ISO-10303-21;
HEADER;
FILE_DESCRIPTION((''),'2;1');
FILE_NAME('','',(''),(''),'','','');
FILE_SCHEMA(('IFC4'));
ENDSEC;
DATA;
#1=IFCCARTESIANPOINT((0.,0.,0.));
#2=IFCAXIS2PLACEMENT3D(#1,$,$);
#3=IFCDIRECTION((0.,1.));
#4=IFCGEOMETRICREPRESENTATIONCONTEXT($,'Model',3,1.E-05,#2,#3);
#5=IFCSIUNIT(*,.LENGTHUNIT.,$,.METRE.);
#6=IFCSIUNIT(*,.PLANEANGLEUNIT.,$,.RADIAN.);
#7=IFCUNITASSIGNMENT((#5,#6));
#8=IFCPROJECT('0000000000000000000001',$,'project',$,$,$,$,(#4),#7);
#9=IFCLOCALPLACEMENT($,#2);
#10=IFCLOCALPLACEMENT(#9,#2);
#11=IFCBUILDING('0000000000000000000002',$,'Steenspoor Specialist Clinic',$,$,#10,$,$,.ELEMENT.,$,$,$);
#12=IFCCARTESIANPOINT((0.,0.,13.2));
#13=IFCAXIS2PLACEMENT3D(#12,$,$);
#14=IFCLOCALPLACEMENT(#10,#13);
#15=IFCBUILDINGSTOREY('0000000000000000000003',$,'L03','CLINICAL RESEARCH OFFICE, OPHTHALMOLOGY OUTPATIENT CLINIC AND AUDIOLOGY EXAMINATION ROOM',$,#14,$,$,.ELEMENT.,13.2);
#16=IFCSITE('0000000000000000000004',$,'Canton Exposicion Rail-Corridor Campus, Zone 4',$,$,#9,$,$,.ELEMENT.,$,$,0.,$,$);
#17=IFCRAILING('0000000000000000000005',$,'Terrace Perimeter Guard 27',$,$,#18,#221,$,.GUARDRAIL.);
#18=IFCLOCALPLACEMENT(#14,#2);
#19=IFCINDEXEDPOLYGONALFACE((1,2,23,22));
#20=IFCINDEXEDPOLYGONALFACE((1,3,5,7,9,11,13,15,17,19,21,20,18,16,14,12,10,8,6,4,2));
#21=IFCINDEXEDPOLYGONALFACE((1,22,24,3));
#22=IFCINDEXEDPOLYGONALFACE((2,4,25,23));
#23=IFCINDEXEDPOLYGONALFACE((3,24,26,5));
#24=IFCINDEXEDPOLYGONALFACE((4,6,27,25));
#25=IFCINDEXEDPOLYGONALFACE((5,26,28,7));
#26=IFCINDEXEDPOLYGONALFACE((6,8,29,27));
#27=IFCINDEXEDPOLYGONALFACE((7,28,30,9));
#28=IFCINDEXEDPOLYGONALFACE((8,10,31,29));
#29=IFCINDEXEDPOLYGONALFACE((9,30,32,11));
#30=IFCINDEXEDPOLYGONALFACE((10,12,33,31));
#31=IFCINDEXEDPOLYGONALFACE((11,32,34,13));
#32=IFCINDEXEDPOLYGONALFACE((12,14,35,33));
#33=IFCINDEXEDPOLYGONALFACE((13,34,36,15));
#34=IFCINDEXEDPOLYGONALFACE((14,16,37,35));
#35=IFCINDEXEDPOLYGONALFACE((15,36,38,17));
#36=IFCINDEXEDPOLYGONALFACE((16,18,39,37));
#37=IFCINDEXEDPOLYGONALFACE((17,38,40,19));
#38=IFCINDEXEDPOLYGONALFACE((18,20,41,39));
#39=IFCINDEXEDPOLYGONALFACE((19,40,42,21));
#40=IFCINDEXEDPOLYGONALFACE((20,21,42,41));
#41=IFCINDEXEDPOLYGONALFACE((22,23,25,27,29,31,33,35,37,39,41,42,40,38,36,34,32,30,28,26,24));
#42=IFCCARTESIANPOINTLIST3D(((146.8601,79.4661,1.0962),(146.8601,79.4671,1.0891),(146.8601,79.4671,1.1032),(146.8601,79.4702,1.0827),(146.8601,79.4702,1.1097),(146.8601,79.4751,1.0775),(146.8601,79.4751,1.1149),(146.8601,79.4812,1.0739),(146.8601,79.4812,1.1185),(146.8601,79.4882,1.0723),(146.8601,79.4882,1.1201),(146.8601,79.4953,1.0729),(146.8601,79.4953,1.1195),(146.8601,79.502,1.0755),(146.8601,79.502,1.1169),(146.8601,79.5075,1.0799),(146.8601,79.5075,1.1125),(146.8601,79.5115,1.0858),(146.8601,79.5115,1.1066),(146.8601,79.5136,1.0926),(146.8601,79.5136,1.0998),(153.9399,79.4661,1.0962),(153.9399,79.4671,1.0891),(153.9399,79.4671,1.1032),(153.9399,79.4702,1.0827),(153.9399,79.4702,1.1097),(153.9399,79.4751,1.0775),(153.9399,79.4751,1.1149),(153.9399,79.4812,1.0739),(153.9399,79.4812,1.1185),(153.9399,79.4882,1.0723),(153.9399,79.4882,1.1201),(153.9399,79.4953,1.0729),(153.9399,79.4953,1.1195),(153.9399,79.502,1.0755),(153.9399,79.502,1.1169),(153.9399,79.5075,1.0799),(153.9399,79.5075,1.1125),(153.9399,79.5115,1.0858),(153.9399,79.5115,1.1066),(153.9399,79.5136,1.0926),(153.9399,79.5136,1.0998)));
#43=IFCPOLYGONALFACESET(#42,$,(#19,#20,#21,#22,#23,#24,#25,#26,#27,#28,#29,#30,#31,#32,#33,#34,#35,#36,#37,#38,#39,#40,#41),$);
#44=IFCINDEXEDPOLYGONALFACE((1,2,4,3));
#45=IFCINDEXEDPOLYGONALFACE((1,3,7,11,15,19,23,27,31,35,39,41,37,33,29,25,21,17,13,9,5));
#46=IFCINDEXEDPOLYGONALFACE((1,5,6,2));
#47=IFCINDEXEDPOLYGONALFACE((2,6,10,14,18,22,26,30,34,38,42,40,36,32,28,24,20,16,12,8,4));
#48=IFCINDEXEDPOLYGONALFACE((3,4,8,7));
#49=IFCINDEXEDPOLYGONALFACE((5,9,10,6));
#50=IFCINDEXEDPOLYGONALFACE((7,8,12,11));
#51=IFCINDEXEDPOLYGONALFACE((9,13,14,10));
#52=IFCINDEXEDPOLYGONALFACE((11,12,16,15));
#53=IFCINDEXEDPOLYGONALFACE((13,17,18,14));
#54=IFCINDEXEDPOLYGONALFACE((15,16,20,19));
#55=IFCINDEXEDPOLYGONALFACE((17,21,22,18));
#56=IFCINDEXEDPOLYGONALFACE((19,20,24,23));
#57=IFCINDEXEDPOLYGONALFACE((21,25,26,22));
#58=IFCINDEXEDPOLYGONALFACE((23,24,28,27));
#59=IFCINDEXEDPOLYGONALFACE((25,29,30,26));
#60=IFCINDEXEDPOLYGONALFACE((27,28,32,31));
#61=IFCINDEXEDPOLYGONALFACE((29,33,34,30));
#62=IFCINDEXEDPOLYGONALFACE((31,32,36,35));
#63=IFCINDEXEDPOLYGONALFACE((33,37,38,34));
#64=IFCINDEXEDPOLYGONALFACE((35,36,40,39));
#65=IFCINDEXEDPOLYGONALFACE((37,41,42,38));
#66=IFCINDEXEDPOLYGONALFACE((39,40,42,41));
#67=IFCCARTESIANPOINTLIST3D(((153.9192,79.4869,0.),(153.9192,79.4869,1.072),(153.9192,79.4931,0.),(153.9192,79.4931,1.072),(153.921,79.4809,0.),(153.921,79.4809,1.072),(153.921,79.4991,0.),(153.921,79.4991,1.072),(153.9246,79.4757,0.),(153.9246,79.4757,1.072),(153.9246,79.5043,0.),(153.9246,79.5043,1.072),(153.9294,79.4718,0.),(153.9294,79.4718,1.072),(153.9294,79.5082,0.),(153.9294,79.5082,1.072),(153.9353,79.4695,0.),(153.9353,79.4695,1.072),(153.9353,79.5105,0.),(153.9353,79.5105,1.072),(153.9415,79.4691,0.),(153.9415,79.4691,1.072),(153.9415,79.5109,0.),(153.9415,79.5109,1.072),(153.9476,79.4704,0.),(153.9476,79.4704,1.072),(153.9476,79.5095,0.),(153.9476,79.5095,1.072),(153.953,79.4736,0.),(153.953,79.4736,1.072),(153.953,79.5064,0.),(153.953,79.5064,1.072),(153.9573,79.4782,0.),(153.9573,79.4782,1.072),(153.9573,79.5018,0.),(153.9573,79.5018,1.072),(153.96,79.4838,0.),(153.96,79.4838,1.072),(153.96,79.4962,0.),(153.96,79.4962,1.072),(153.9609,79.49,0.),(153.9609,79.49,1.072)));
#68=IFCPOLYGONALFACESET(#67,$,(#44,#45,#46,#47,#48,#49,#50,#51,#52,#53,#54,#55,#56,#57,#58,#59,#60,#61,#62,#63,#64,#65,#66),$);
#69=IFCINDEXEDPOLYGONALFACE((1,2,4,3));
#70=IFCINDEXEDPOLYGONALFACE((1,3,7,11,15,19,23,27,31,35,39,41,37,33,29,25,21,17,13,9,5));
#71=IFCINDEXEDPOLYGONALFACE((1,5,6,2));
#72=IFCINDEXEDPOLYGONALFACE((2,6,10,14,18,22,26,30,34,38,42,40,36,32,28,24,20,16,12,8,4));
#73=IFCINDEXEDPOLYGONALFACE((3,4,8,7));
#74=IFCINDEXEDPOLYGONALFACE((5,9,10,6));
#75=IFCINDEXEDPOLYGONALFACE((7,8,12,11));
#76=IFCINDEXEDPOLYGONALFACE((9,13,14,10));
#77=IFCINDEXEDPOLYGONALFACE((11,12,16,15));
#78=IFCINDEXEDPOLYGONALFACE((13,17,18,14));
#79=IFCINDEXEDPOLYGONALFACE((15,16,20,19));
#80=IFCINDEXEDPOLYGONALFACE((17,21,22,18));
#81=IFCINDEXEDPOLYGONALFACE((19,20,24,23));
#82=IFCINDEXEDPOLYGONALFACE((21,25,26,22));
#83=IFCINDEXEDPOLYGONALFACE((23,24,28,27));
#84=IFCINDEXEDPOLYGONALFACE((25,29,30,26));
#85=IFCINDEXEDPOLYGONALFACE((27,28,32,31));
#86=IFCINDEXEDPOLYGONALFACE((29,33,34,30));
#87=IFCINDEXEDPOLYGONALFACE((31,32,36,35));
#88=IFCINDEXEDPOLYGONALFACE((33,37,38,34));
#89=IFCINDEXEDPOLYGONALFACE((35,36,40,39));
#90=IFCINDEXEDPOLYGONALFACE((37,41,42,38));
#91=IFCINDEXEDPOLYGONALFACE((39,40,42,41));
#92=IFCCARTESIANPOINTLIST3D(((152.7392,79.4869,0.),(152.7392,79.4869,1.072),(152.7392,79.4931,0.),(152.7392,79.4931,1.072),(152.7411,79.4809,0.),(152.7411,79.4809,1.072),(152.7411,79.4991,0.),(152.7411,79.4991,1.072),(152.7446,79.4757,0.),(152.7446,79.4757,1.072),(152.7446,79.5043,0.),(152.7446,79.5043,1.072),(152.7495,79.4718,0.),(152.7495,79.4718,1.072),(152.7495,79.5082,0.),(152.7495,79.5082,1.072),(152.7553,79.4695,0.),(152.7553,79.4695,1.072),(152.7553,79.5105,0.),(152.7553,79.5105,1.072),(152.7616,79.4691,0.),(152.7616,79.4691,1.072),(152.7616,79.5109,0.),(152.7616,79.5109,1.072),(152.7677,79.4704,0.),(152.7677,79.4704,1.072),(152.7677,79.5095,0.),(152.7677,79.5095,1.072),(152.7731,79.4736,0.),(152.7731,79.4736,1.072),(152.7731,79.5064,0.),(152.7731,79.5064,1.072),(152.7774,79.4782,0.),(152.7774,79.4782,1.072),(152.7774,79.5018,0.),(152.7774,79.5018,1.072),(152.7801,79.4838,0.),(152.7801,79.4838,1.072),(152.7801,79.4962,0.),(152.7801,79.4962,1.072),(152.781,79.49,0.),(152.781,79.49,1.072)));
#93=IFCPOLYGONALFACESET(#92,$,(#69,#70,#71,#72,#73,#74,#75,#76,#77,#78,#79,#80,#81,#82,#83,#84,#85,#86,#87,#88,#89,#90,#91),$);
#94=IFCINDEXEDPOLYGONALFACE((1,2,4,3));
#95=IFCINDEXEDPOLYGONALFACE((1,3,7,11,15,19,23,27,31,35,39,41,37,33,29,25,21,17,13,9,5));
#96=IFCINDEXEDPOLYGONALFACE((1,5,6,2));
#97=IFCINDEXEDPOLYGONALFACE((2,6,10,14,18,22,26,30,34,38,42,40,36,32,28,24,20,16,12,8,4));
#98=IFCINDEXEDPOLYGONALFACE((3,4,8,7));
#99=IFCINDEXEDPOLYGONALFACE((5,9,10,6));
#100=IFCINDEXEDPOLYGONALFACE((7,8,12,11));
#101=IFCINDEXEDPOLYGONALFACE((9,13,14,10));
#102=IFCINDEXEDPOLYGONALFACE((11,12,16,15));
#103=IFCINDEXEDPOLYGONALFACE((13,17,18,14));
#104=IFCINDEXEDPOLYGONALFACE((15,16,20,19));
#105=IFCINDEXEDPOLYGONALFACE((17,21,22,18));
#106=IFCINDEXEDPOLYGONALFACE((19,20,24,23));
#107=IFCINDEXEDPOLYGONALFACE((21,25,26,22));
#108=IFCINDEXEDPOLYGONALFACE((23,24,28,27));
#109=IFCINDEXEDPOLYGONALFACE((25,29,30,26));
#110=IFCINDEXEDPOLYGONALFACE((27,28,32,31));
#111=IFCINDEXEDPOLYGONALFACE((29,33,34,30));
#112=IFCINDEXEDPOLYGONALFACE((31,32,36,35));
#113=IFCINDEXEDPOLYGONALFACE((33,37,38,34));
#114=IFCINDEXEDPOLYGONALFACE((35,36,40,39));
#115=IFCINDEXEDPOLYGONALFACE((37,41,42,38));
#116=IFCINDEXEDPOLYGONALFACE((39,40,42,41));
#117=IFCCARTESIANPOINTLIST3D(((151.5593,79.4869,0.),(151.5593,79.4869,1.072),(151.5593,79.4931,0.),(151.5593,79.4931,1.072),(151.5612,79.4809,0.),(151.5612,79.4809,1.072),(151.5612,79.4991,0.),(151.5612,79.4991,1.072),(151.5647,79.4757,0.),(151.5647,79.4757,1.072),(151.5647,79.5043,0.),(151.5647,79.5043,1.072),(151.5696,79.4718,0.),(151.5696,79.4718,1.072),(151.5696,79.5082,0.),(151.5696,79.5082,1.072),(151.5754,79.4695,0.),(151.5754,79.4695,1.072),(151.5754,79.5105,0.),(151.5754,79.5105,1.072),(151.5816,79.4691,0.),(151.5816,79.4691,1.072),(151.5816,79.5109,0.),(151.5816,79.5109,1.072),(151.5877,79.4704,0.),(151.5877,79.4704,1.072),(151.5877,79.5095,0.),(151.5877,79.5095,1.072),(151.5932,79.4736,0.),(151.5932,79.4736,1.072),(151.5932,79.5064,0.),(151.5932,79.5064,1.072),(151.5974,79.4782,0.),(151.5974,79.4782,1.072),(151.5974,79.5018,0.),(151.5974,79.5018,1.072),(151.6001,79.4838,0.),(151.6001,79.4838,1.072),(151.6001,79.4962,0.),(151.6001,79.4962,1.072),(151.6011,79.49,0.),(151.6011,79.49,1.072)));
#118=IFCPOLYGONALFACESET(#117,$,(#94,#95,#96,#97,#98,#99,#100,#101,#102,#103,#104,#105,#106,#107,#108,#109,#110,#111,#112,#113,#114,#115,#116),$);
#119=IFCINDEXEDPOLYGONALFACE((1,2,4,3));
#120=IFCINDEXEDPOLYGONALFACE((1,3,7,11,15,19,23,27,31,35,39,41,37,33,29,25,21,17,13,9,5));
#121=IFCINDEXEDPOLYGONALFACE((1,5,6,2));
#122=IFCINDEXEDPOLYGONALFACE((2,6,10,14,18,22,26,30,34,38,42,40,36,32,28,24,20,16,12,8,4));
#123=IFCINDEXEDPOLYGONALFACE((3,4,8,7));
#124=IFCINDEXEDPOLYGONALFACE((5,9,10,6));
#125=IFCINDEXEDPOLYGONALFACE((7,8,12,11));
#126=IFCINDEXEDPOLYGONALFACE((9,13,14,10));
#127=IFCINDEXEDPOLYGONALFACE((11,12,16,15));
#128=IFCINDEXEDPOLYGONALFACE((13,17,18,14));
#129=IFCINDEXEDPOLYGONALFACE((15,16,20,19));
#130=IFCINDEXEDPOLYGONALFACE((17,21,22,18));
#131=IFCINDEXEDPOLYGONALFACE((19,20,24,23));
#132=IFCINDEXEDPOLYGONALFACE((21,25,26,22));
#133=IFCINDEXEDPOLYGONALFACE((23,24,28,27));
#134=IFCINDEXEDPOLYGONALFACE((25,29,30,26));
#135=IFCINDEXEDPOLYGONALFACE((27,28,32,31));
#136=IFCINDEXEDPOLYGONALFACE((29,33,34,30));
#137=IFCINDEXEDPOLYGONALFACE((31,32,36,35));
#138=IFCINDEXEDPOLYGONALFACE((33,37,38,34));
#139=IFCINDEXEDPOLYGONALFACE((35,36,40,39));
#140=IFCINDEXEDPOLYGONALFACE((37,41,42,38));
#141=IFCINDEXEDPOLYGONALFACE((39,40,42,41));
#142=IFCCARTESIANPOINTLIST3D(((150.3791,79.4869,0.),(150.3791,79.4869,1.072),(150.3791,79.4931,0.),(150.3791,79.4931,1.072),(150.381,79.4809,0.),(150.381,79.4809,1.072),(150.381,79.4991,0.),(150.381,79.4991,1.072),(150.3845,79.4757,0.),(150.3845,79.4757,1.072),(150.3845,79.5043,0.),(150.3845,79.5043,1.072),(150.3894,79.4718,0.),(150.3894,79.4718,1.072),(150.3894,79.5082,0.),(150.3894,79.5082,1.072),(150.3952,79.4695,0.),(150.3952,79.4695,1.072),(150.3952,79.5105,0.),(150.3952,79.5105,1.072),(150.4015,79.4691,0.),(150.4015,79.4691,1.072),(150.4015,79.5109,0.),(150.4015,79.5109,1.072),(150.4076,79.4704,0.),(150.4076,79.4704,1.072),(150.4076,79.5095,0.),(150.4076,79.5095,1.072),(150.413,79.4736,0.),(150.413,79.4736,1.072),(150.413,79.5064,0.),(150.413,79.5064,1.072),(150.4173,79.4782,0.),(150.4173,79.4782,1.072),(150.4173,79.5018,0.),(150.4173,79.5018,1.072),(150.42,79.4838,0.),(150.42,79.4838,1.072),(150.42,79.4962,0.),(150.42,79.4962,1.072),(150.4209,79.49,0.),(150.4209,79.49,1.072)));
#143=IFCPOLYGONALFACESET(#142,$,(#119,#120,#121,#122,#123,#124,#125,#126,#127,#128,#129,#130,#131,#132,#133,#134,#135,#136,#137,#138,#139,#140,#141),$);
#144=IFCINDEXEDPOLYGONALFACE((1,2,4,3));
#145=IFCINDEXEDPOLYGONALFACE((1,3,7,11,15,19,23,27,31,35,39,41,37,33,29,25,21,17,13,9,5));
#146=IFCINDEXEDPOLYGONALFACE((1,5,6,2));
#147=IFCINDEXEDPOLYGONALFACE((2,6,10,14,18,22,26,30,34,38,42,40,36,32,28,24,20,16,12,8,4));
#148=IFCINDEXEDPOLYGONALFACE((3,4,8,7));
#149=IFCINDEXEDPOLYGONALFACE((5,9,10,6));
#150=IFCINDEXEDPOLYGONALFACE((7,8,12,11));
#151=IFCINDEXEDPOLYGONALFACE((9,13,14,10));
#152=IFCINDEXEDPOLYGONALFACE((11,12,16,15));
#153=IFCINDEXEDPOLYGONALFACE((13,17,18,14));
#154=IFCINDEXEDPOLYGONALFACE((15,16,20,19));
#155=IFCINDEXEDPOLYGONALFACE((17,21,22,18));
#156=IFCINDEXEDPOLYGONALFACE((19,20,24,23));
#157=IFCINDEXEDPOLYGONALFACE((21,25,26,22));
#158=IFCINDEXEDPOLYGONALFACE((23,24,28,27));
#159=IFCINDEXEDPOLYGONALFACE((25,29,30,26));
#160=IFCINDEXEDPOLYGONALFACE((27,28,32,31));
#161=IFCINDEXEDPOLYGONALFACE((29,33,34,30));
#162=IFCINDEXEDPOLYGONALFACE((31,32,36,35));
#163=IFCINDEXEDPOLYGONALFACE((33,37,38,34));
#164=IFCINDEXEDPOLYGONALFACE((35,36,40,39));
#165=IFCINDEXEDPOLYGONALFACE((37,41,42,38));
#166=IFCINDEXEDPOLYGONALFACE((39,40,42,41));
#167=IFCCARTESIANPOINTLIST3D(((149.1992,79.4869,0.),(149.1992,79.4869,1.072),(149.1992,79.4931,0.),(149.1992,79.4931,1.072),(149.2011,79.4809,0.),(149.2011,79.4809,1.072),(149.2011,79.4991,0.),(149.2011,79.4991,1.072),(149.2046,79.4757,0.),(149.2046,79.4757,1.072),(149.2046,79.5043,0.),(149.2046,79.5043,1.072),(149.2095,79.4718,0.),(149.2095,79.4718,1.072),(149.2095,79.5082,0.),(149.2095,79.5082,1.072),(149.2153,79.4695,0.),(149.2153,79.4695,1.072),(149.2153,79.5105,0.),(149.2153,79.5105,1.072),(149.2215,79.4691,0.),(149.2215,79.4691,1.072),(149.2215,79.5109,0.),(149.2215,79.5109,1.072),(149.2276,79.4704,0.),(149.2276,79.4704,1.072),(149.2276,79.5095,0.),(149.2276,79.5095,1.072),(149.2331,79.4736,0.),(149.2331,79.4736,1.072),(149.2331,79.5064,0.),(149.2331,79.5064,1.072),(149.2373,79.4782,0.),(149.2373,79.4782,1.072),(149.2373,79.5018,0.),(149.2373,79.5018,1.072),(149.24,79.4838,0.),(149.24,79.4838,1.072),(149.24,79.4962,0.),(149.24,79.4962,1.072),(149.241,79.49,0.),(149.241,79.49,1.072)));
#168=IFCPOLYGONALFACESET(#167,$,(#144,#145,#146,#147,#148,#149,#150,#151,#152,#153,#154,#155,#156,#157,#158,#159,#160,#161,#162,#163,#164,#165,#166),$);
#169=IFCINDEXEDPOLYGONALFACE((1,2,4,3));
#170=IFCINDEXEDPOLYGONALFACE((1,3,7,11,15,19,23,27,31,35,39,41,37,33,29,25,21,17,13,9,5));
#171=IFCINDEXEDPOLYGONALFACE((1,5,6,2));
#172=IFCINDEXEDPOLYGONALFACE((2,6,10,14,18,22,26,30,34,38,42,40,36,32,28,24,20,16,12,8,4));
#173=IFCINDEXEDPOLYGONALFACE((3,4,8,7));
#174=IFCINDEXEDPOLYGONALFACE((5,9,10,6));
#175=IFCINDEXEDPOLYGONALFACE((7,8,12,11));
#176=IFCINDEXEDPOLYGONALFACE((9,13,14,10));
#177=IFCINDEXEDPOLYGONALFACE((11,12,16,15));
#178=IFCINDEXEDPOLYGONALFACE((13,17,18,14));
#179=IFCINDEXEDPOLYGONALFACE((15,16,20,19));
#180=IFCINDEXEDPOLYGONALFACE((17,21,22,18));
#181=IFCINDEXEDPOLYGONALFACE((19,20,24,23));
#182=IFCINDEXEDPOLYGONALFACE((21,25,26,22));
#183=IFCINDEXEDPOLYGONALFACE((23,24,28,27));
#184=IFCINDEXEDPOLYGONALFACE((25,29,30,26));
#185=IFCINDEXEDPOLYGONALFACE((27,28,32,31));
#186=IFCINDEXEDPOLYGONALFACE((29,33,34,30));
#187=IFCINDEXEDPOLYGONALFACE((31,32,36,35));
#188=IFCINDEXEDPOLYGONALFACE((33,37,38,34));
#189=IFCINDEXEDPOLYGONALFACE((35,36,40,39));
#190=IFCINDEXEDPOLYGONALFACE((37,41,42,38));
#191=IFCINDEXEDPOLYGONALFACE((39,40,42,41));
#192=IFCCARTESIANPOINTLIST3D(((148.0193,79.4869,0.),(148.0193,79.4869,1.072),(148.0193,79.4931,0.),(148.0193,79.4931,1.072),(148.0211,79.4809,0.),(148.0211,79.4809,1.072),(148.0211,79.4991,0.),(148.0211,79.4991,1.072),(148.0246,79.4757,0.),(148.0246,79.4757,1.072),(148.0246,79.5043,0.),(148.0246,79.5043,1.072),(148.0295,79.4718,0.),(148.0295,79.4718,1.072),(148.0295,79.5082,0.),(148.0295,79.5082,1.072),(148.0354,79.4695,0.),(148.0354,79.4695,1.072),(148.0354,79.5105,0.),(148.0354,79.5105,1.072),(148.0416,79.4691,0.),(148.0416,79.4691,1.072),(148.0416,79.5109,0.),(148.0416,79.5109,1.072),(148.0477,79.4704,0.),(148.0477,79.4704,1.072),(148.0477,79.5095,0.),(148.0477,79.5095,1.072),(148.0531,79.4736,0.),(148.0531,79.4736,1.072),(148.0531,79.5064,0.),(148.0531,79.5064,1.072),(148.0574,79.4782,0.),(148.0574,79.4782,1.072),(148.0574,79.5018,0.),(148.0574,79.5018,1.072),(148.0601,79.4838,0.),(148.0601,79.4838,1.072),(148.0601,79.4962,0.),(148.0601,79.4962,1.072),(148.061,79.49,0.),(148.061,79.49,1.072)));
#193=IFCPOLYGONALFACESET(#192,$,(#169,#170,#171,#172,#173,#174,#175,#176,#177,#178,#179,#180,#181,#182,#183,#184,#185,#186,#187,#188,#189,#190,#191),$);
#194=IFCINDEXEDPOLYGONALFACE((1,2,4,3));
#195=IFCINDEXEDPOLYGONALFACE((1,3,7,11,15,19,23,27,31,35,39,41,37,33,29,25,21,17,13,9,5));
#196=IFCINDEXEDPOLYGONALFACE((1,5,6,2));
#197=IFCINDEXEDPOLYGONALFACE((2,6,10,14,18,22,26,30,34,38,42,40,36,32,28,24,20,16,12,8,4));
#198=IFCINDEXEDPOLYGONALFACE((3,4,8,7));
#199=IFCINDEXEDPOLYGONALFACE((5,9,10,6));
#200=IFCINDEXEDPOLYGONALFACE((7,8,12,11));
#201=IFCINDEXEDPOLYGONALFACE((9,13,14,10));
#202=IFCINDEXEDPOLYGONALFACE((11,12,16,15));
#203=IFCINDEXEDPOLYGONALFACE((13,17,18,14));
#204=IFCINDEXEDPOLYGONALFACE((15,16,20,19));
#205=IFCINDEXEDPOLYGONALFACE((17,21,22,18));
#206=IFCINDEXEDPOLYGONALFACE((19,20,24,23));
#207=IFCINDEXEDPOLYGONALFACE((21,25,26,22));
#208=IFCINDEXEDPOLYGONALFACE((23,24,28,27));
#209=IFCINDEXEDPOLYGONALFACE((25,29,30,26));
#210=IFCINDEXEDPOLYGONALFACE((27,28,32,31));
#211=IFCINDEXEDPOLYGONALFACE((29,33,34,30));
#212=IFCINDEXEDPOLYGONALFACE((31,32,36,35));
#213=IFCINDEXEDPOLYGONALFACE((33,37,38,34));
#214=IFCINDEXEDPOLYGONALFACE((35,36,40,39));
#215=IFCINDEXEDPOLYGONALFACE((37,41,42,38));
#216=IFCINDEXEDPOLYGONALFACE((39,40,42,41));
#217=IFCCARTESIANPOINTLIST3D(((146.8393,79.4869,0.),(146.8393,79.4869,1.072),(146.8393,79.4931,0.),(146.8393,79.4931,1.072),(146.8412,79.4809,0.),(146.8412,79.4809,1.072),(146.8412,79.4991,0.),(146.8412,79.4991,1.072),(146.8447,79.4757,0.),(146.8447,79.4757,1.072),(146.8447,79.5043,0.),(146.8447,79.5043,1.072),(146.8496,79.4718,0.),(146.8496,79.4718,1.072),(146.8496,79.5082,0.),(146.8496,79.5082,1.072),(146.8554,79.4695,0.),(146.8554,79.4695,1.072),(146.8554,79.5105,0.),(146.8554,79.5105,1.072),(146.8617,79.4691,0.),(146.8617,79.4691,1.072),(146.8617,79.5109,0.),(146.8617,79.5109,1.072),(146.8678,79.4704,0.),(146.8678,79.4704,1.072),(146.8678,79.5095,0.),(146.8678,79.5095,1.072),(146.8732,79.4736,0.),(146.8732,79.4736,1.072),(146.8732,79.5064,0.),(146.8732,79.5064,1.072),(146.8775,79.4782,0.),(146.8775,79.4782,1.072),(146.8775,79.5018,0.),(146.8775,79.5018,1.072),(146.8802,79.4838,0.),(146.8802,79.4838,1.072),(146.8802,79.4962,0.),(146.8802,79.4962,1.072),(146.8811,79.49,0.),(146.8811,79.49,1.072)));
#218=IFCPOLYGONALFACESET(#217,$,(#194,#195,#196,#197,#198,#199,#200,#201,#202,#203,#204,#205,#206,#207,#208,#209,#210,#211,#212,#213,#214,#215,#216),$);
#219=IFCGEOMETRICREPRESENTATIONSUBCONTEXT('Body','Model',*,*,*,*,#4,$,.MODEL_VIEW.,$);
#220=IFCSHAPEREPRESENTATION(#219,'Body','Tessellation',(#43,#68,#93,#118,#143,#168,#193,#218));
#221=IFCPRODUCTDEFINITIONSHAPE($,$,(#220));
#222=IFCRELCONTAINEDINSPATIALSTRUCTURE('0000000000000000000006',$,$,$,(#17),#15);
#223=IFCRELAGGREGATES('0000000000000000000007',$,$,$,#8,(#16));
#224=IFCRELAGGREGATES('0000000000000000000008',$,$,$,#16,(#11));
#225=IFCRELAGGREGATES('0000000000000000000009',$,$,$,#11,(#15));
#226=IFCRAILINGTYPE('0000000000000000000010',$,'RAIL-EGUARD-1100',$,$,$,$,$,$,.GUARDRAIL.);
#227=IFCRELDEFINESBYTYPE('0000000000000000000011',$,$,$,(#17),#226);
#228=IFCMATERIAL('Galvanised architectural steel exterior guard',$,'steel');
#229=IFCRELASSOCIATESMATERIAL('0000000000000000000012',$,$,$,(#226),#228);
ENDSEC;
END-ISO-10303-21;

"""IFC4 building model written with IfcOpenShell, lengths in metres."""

from ifc_helpers import new_model, si_unit, direction, frame, origin, origin_2d, place, context, subcontext, project, spatial, circle, extrude, material, type_object, element, save


model = new_model("IFC4")

# Units and contexts
model_context = context("Model", 3, precision=1e-05, world=origin(), true_north=direction((0.0, 1.0)))
body_context = subcontext(model_context, "Body", "Model", "MODEL_VIEW")
ifc_project = project(units=[si_unit("LENGTHUNIT", "METRE"), si_unit("PLANEANGLEUNIT", "RADIAN")], contexts=[model_context])

# Site, building, storey
site_placement = place(None, origin())
site = spatial("IfcSite", under=ifc_project, at=site_placement, Name="Canton Exposicion Rail-Corridor Campus, Zone 4", CompositionType="ELEMENT", RefElevation=0.0)
building_placement = place(site_placement, origin())
building = spatial("IfcBuilding", under=site, at=building_placement, Name="Steenspoor Specialist Clinic", CompositionType="ELEMENT")
storey_placement = place(building_placement, frame((0.0, 0.0, 13.2)))
storey = spatial("IfcBuildingStorey", under=building, at=storey_placement, Name="L03", Description="CLINICAL RESEARCH OFFICE, OPHTHALMOLOGY OUTPATIENT CLINIC AND AUDIOLOGY EXAMINATION ROOM", CompositionType="ELEMENT", Elevation=13.2)

# Railing
ifc_material_1 = material(Name="Galvanised architectural steel exterior guard", Category="steel")
railing_type_1 = type_object("IfcRailingType", Name="RAIL-EGUARD-1100", PredefinedType="GUARDRAIL", material=ifc_material_1)
railing_1_placement = place(storey_placement, frame((153.9399, 79.49, 0.0)))
element("IfcRailing", 1, at=railing_1_placement, inside=storey, type_object=railing_type_1, Name="Terrace Perimeter Guard 27", PredefinedType="GUARDRAIL", context=body_context, shape_type="SweptSolid", body=[
    extrude(circle(Radius=0.0239, at=origin_2d()), frame((0.0, 0.0, 1.0962), z_axis=(-1.0, 0.0, 0.0), x_axis=(0.0, -1.0, 0.0)), (0.0, 0.0, 1.0), 7.0798),
    extrude(circle(Radius=0.021, at=origin_2d()), origin(), (0.0, 0.0, 1.0), 1.072),
    extrude(circle(Radius=0.021, at=origin_2d()), frame((-1.1799, 0.0, 0.0)), (0.0, 0.0, 1.0), 1.072),
    extrude(circle(Radius=0.021, at=origin_2d()), frame((-2.3599, 0.0, 0.0)), (0.0, 0.0, 1.0), 1.072),
    extrude(circle(Radius=0.021, at=origin_2d()), frame((-3.54, 0.0, 0.0)), (0.0, 0.0, 1.0), 1.072),
    extrude(circle(Radius=0.021, at=origin_2d()), frame((-4.72, 0.0, 0.0)), (0.0, 0.0, 1.0), 1.072),
    extrude(circle(Radius=0.021, at=origin_2d()), frame((-5.8999, 0.0, 0.0)), (0.0, 0.0, 1.0), 1.072),
    extrude(circle(Radius=0.021, at=origin_2d()), frame((-7.0798, 0.0, 0.0)), (0.0, 0.0, 1.0), 1.072),
])

save(model, "model.ifc")
